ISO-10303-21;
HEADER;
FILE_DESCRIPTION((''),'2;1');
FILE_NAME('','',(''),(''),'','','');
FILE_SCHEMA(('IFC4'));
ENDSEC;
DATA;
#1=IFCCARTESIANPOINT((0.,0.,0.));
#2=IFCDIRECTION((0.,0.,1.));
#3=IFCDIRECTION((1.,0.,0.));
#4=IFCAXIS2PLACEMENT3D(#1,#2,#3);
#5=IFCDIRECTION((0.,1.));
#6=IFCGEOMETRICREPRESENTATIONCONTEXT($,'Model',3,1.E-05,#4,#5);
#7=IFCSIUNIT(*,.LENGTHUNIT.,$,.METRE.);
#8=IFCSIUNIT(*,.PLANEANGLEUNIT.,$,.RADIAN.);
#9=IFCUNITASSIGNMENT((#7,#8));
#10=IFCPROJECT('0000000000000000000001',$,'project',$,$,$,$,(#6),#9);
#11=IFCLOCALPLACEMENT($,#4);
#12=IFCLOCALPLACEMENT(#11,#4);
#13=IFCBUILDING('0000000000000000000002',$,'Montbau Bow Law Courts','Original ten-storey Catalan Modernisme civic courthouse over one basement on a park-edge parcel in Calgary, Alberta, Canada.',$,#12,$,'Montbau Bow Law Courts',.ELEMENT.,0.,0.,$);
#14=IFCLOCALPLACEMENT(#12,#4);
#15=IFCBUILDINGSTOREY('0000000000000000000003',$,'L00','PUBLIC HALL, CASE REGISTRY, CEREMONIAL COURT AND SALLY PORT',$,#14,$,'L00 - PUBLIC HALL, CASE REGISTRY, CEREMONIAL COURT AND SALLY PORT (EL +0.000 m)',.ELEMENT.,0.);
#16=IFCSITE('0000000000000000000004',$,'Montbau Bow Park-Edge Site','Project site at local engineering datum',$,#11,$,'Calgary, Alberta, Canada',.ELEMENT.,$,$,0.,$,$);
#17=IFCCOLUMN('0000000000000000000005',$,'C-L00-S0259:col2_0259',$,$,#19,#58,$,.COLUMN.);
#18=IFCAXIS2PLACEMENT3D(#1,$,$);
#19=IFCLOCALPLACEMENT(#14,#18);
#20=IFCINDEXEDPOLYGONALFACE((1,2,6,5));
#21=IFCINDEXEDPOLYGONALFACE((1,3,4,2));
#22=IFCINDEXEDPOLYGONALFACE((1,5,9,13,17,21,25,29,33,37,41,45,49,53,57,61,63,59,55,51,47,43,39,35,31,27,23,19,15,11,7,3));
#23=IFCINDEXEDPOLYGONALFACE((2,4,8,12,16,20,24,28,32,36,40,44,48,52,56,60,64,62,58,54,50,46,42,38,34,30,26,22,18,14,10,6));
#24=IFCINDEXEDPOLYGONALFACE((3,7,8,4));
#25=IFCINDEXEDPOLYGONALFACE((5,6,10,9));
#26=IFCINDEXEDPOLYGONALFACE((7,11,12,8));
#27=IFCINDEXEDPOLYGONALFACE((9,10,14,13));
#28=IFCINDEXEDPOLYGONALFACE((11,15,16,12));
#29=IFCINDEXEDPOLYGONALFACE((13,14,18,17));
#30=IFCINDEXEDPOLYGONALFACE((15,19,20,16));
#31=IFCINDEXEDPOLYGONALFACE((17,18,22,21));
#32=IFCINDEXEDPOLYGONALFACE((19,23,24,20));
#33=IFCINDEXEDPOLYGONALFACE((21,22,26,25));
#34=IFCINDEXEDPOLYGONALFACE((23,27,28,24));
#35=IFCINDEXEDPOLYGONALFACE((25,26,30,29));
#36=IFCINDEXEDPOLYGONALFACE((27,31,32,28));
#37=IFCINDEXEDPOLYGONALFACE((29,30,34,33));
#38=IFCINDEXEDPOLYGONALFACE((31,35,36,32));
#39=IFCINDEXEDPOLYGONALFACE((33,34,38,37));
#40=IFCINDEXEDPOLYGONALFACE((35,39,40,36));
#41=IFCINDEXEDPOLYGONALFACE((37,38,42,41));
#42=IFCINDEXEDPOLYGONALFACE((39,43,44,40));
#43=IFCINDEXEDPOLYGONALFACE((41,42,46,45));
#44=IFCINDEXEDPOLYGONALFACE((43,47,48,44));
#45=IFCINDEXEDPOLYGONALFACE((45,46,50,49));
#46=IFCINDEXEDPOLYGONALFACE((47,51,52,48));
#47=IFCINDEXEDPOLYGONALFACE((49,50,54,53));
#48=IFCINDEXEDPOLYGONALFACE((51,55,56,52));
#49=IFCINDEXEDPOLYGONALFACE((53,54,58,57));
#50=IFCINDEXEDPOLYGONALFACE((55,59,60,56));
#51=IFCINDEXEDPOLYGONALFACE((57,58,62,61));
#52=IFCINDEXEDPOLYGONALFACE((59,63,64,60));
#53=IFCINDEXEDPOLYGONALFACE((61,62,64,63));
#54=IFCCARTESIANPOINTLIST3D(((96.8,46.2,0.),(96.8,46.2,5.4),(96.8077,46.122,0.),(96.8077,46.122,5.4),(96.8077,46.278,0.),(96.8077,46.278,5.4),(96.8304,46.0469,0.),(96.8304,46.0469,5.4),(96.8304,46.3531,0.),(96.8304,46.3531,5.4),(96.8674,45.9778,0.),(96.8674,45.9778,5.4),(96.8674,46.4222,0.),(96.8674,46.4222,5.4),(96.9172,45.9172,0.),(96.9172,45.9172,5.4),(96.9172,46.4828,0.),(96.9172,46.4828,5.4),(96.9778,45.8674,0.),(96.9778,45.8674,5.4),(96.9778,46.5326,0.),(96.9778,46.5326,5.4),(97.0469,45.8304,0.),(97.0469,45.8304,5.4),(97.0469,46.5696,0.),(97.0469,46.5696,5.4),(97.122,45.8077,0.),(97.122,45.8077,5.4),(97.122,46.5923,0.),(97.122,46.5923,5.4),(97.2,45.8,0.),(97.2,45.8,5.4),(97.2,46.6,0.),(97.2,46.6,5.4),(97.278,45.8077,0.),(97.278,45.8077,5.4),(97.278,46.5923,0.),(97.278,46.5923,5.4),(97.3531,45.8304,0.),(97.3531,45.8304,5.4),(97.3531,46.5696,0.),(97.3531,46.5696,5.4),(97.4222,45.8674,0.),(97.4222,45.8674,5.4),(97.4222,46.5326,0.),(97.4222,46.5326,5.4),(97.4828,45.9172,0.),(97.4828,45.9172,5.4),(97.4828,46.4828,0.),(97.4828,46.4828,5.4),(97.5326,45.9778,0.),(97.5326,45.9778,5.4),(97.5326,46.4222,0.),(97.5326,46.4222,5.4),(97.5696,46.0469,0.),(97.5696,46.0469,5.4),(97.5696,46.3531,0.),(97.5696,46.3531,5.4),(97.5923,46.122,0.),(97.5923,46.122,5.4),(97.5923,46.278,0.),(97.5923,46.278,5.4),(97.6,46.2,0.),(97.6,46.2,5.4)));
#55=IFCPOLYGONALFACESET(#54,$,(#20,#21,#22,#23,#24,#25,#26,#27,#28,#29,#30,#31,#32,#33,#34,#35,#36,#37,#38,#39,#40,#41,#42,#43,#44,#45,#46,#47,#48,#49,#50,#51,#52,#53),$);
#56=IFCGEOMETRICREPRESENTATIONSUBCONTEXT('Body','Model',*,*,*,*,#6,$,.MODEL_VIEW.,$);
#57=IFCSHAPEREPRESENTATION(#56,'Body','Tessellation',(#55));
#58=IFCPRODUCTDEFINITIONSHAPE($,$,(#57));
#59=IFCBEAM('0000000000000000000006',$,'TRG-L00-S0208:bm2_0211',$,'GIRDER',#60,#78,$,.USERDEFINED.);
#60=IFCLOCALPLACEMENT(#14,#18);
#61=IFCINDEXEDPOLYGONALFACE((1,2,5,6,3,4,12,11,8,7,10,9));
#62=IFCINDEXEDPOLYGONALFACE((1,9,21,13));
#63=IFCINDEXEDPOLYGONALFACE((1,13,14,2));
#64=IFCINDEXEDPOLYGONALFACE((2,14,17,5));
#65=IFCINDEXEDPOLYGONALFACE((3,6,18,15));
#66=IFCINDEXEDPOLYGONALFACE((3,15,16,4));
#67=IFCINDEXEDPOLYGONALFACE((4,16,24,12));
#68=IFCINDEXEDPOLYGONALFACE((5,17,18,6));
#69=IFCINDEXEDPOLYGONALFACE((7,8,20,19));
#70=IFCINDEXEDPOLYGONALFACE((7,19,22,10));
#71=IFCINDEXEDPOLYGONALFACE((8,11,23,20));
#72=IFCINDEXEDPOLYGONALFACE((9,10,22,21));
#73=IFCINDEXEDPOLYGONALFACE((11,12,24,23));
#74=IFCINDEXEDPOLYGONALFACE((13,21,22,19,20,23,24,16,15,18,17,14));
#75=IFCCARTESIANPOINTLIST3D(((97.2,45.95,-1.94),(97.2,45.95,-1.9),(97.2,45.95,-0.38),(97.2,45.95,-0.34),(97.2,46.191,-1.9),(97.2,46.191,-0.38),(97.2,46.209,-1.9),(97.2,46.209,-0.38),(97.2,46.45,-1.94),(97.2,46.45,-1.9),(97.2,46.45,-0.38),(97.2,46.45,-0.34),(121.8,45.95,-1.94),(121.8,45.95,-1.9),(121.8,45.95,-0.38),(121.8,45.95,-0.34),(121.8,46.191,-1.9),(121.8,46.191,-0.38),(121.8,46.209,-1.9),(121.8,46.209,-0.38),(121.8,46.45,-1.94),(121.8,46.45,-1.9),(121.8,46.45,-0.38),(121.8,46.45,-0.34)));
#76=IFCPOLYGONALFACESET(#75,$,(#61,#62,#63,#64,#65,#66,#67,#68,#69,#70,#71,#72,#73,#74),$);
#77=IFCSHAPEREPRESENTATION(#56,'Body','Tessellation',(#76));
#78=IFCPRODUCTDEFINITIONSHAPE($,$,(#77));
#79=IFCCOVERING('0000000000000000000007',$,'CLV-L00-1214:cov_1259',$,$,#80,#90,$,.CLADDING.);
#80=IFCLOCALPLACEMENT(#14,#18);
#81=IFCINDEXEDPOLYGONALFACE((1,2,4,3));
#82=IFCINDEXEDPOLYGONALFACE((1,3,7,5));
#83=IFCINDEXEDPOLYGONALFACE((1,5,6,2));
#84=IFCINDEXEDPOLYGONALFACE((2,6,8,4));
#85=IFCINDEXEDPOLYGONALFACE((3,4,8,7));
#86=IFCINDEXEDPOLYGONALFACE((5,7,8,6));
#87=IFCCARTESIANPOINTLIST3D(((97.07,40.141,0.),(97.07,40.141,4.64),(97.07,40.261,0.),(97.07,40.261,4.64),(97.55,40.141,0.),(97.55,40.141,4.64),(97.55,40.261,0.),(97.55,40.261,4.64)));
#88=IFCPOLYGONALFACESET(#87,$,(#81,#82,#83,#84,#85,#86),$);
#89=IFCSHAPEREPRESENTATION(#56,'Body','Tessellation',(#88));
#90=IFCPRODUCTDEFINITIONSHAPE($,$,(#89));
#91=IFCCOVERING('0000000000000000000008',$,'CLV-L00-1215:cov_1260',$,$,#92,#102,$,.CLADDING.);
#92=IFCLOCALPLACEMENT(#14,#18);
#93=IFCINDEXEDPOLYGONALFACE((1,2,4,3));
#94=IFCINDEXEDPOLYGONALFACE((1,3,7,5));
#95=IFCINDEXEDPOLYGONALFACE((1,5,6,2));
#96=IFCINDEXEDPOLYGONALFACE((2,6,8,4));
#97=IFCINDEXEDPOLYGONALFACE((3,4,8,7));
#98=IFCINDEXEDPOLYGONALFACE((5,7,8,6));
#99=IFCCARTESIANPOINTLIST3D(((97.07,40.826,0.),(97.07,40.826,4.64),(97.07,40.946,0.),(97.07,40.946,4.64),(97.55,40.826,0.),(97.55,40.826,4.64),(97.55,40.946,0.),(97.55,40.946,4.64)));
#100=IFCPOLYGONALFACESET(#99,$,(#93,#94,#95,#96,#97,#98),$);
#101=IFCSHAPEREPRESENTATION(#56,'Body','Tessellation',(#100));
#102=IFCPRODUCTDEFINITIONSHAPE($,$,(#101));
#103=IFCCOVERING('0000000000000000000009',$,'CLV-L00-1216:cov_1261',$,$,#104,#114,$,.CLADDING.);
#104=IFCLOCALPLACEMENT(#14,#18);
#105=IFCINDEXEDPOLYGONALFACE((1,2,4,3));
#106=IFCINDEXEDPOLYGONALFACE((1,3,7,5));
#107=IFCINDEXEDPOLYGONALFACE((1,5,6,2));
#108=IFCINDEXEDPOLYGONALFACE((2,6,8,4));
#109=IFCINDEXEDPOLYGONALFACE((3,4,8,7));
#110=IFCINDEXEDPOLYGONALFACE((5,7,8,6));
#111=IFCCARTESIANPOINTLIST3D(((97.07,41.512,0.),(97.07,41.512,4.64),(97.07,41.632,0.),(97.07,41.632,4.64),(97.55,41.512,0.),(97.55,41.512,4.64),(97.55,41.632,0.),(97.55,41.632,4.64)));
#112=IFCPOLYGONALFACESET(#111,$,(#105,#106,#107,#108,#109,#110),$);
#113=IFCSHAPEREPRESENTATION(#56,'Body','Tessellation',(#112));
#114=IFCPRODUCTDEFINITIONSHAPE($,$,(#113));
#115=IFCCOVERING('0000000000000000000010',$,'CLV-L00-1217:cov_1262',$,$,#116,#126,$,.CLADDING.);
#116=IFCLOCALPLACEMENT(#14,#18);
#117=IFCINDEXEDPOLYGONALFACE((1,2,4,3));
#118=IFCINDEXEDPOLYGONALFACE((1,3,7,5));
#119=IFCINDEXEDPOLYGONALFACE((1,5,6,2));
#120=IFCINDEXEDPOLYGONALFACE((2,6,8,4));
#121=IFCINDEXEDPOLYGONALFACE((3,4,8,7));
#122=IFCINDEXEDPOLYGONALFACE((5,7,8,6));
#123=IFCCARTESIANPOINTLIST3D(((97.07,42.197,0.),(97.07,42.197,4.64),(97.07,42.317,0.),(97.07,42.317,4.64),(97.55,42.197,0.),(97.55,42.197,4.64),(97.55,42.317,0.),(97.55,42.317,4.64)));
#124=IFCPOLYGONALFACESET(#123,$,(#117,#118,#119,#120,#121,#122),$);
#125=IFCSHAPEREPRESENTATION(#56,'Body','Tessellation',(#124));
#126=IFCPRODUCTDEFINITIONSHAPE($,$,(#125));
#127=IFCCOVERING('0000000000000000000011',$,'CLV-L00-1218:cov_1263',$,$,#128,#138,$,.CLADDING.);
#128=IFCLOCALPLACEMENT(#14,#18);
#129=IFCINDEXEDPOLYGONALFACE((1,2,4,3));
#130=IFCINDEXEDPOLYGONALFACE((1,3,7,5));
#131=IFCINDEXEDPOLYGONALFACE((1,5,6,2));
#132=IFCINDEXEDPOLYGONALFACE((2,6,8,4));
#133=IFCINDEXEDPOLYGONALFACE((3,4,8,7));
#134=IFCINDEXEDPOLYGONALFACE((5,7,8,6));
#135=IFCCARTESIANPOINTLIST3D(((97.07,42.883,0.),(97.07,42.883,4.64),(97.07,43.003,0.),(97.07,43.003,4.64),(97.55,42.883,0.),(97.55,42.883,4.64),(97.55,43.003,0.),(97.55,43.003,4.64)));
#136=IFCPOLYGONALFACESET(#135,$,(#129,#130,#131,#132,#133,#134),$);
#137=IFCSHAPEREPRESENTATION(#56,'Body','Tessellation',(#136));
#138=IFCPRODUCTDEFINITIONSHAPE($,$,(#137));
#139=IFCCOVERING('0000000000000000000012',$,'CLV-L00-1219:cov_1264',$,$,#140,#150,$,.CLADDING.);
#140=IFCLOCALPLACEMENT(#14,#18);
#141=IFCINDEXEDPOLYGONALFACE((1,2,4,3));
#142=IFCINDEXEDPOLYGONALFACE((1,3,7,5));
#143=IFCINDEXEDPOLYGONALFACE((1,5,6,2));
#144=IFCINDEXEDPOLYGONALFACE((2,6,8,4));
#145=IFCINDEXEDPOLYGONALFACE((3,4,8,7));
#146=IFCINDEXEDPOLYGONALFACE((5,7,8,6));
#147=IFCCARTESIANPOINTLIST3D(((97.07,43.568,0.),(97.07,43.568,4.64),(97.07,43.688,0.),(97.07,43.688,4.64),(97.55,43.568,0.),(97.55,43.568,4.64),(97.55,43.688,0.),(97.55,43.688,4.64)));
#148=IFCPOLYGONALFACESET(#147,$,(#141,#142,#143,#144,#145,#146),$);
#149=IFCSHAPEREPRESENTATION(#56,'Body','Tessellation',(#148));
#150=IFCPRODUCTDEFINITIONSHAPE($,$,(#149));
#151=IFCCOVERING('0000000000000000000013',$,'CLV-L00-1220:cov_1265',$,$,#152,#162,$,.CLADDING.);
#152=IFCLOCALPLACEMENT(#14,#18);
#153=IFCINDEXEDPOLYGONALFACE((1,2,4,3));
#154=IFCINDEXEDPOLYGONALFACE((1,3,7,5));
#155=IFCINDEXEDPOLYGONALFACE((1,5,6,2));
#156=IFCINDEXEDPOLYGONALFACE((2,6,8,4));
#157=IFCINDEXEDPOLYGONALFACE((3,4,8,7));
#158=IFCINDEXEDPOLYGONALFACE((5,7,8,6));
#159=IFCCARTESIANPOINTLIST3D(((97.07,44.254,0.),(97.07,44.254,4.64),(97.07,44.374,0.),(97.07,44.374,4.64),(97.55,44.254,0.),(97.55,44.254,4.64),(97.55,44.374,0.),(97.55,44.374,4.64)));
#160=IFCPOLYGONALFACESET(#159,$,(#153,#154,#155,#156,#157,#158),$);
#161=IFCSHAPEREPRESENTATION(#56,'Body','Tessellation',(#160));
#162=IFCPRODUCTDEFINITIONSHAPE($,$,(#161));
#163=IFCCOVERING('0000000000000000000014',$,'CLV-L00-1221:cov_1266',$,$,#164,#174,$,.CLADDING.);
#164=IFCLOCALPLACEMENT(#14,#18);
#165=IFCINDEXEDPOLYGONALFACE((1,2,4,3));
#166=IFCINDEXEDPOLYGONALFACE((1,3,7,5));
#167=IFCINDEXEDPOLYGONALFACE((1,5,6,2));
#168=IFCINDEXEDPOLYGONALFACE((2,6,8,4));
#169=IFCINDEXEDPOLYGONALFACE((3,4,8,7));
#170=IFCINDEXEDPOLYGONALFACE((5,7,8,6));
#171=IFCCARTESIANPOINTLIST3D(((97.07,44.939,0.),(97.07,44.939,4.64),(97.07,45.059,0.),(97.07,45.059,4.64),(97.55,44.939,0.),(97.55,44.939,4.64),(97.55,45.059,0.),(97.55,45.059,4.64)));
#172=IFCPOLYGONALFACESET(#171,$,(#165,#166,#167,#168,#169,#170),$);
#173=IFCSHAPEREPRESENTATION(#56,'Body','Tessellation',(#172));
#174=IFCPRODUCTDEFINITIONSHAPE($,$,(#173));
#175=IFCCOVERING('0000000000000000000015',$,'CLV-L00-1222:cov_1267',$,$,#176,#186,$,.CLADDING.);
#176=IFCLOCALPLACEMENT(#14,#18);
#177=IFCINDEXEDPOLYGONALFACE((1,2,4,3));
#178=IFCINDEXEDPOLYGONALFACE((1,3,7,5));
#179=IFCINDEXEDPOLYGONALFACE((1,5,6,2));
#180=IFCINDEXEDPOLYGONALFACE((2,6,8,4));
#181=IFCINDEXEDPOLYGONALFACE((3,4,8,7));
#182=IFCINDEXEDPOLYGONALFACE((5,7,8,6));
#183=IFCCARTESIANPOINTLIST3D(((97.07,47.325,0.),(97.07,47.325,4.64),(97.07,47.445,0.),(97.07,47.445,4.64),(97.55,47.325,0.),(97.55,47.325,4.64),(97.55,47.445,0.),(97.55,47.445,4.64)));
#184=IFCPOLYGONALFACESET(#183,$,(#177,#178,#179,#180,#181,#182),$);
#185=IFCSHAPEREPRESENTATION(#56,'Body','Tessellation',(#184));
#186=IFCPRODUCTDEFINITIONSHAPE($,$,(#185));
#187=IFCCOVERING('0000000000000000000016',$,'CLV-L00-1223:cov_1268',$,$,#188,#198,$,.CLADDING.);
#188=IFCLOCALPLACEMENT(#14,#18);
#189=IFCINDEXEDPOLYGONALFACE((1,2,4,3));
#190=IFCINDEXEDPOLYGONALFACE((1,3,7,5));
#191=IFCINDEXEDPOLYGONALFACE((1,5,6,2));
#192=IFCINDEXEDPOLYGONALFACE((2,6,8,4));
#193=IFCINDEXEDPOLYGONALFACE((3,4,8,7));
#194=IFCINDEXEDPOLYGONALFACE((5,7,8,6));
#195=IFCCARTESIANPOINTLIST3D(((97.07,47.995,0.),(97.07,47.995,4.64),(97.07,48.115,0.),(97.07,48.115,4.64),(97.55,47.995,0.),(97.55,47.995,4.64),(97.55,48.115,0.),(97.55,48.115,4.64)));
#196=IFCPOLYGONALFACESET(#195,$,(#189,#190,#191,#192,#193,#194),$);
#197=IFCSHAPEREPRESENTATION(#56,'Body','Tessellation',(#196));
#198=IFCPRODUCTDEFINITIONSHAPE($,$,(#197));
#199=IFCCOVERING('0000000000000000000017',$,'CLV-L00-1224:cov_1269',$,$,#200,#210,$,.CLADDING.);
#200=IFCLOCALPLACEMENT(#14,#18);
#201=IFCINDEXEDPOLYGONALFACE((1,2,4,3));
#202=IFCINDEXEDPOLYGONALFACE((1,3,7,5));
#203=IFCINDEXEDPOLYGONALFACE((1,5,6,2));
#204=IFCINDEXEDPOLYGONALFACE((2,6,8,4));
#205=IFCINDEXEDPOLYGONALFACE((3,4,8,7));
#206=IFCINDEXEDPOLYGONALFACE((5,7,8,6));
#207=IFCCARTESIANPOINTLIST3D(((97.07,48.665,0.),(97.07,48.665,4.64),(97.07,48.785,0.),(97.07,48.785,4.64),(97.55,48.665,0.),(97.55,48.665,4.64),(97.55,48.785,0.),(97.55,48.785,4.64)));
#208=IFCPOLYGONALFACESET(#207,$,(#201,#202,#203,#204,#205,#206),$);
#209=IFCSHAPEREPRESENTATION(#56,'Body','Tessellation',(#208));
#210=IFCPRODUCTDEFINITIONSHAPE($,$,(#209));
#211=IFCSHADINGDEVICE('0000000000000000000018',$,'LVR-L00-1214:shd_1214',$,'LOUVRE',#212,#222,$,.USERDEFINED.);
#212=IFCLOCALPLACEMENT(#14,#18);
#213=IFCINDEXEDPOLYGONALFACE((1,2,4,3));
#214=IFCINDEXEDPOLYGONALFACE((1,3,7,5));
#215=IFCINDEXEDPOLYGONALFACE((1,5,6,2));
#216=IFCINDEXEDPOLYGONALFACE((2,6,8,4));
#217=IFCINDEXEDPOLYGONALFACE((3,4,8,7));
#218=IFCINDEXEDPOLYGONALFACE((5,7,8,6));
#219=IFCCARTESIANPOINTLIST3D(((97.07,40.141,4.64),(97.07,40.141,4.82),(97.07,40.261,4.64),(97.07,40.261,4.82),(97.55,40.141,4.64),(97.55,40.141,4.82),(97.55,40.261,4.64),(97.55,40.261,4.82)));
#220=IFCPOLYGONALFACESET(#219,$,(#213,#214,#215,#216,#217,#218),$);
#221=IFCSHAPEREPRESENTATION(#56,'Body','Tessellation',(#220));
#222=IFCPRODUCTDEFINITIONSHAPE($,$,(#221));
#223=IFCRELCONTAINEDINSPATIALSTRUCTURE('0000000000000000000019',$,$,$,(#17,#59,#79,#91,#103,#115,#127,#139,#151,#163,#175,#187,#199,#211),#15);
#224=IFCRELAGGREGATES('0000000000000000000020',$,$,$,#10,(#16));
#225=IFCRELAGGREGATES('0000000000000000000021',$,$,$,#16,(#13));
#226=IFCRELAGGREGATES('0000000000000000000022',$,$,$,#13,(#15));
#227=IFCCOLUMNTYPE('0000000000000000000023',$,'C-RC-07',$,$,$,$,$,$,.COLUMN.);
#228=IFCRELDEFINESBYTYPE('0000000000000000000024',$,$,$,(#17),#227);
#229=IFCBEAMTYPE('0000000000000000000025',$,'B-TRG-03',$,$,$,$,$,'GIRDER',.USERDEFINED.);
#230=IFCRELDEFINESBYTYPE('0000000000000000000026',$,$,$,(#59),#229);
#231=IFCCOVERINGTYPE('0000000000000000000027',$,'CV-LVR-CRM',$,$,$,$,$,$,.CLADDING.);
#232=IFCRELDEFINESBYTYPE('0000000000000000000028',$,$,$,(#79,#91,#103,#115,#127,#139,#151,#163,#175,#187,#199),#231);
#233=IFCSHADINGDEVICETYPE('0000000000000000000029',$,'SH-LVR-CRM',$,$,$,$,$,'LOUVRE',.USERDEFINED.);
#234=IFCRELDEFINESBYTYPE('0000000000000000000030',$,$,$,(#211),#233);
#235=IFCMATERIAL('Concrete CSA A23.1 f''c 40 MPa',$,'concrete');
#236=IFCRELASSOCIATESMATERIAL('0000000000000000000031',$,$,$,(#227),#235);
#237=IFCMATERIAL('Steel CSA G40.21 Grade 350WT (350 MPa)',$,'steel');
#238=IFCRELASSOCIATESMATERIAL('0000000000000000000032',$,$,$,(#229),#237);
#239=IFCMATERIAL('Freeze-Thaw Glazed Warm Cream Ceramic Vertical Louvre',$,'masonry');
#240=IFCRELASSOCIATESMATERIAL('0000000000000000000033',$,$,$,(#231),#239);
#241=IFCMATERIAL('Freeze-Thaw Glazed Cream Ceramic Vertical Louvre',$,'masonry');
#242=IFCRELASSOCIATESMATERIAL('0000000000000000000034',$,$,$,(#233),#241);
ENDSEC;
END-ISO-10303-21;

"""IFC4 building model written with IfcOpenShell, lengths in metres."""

from ifc_helpers import new_model, si_unit, direction, frame, frame_2d, origin_with_axes, origin_2d_with_axis, place, context, subcontext, project, spatial, rectangle, circle, i_section, extrude, material, material_profile, profile_set, type_object, element, save


model = new_model("IFC4")

# Units and contexts
model_context = context("Model", 3, precision=1e-05, world=origin_with_axes(), true_north=direction((0.0, 1.0)))
body_context = subcontext(model_context, "Body", "Model", "MODEL_VIEW")
ifc_project = project(units=[si_unit("LENGTHUNIT", "METRE"), si_unit("PLANEANGLEUNIT", "RADIAN")], contexts=[model_context])

# Site, building, storey
site_placement = place(None, origin_with_axes())
site = spatial("IfcSite", under=ifc_project, at=site_placement, Name="Montbau Bow Park-Edge Site", Description="Project site at local engineering datum", LongName="Calgary, Alberta, Canada", CompositionType="ELEMENT", RefElevation=0.0)
building_placement = place(site_placement, origin_with_axes())
building = spatial("IfcBuilding", under=site, at=building_placement, Name="Montbau Bow Law Courts", Description="Original ten-storey Catalan Modernisme civic courthouse over one basement on a park-edge parcel in Calgary, Alberta, Canada.", LongName="Montbau Bow Law Courts", CompositionType="ELEMENT", ElevationOfRefHeight=0.0, ElevationOfTerrain=0.0)
storey_placement = place(building_placement, origin_with_axes())
storey = spatial("IfcBuildingStorey", under=building, at=storey_placement, Name="L00", Description="PUBLIC HALL, CASE REGISTRY, CEREMONIAL COURT AND SALLY PORT", LongName="L00 - PUBLIC HALL, CASE REGISTRY, CEREMONIAL COURT AND SALLY PORT (EL +0.000 m)", CompositionType="ELEMENT", Elevation=0.0)

# Column
ifc_material_1 = material(Name="Concrete CSA A23.1 f'c 40 MPa", Category="concrete")
ifc_material_profile_1 = material_profile(ifc_material_1, circle(Radius=0.4, at=origin_2d_with_axis()), Name="RC800D", Category="Main", Priority=0)
ifc_profile_set_1 = profile_set([ifc_material_profile_1], Name="Concrete CSA A23.1 f'c 40 MPa")
column_type = type_object("IfcColumnType", Name="C-RC-07", PredefinedType="COLUMN", material=ifc_profile_set_1)
column_placement = place(None, frame((97.2, 46.2, 0.0), z_axis=(0.0, 0.0, 1.0), x_axis=(1.0, 0.0, 0.0)))
element("IfcColumn", 1, at=column_placement, inside=storey, type_object=column_type, Name="C-L00-S0259:col2_0259", PredefinedType="COLUMN", context=body_context, shape_type="SweptSolid", body=[
    extrude(circle(Radius=0.4, at=origin_2d_with_axis()), origin_with_axes(), (0.0, 0.0, 1.0), 5.4),
])

# Beam
ifc_material_2 = material(Name="Steel CSA G40.21 Grade 350WT (350 MPa)", Category="steel")
ifc_material_profile_2 = material_profile(ifc_material_2, i_section(OverallWidth=0.5, OverallDepth=1.6, WebThickness=0.018, FlangeThickness=0.04, at=origin_2d_with_axis()), Name="WWF1600X430", Category="Main", Priority=0)
ifc_profile_set_2 = profile_set([ifc_material_profile_2], Name="Steel CSA G40.21 Grade 350WT (350 MPa)")
beam_type = type_object("IfcBeamType", Name="B-TRG-03", ElementType="GIRDER", PredefinedType="USERDEFINED", material=ifc_profile_set_2)
beam_placement = place(None, frame((97.2, 46.2, -1.14), z_axis=(1.0, 0.0, 0.0), x_axis=(0.0, 1.0, 0.0)))
element("IfcBeam", 2, at=beam_placement, inside=storey, type_object=beam_type, Name="TRG-L00-S0208:bm2_0211", ObjectType="GIRDER", PredefinedType="USERDEFINED", context=body_context, shape_type="SweptSolid", body=[
    extrude(i_section(OverallWidth=0.5, OverallDepth=1.6, WebThickness=0.018, FlangeThickness=0.04, at=origin_2d_with_axis()), origin_with_axes(), (0.0, 0.0, 1.0), 24.6),
])

# Coverings
ifc_material_3 = material(Name="Freeze-Thaw Glazed Warm Cream Ceramic Vertical Louvre", Category="masonry")
covering_type = type_object("IfcCoveringType", Name="CV-LVR-CRM", PredefinedType="CLADDING", material=ifc_material_3)
for number, where, z_axis, x_axis, name in (
    (3, (97.07, 40.201, 0.0), (0.0, -1.0, 0.0), (1.0, 0.0, 0.0), "CLV-L00-1214:cov_1259"),
    (4, (97.07, 40.886, 0.0), (0.0, -1.0, 0.0), (1.0, 0.0, 0.0), "CLV-L00-1215:cov_1260"),
    (5, (97.07, 41.572, 0.0), (0.0, -1.0, 0.0), (1.0, 0.0, 0.0), "CLV-L00-1216:cov_1261"),
    (6, (97.07, 42.257, 0.0), (0.0, -1.0, 0.0), (1.0, 0.0, 0.0), "CLV-L00-1217:cov_1262"),
    (7, (97.07, 42.943, 0.0), (0.0, -1.0, 0.0), (1.0, 0.0, 0.0), "CLV-L00-1218:cov_1263"),
    (8, (97.07, 43.628, 0.0), (0.0, -1.0, 0.0), (1.0, 0.0, 0.0), "CLV-L00-1219:cov_1264"),
    (9, (97.07, 44.314, 0.0), (0.0, -1.0, 0.0), (1.0, 0.0, 0.0), "CLV-L00-1220:cov_1265"),
    (10, (97.07, 44.999, 0.0), (0.0, -1.0, 0.0), (1.0, 0.0, 0.0), "CLV-L00-1221:cov_1266"),
    (11, (97.07, 47.385, 0.0), (0.0, -1.0, 0.0), (1.0, 0.0, 0.0), "CLV-L00-1222:cov_1267"),
    (12, (97.07, 48.055, 0.0), (0.0, -1.0, 0.0), (1.0, 0.0, 0.0), "CLV-L00-1223:cov_1268"),
    (13, (97.07, 48.725, 0.0), (0.0, -1.0, 0.0), (1.0, 0.0, 0.0), "CLV-L00-1224:cov_1269"),
):
    element("IfcCovering", number, at=place(None, frame(where, z_axis=z_axis, x_axis=x_axis)), inside=storey, type_object=covering_type, Name=name, PredefinedType="CLADDING", context=body_context, shape_type="SweptSolid", body=[
        extrude(rectangle(XDim=0.48, YDim=4.64, at=frame_2d((0.24, 2.32), x_axis=(1.0, 0.0))), frame((0.0, 0.0, -0.06), z_axis=(0.0, 0.0, 1.0), x_axis=(1.0, 0.0, 0.0)), (0.0, 0.0, 1.0), 0.12),
    ])

# Shading device
ifc_material_4 = material(Name="Freeze-Thaw Glazed Cream Ceramic Vertical Louvre", Category="masonry")
shading_device_type = type_object("IfcShadingDeviceType", Name="SH-LVR-CRM", ElementType="LOUVRE", PredefinedType="USERDEFINED", material=ifc_material_4)
for number, where, z_axis, x_axis, name in (
    (14, (97.31, 40.201, 4.64), (0.0, 0.0, 1.0), (1.0, 0.0, 0.0), "LVR-L00-1214:shd_1214"),
):
    element("IfcShadingDevice", number, at=place(None, frame(where, z_axis=z_axis, x_axis=x_axis)), inside=storey, type_object=shading_device_type, Name=name, ObjectType="LOUVRE", PredefinedType="USERDEFINED", context=body_context, shape_type="SweptSolid", body=[
        extrude(rectangle(XDim=0.48, YDim=0.12, at=origin_2d_with_axis()), origin_with_axes(), (0.0, 0.0, 1.0), 0.18),
    ])

save(model, "model.ifc")
